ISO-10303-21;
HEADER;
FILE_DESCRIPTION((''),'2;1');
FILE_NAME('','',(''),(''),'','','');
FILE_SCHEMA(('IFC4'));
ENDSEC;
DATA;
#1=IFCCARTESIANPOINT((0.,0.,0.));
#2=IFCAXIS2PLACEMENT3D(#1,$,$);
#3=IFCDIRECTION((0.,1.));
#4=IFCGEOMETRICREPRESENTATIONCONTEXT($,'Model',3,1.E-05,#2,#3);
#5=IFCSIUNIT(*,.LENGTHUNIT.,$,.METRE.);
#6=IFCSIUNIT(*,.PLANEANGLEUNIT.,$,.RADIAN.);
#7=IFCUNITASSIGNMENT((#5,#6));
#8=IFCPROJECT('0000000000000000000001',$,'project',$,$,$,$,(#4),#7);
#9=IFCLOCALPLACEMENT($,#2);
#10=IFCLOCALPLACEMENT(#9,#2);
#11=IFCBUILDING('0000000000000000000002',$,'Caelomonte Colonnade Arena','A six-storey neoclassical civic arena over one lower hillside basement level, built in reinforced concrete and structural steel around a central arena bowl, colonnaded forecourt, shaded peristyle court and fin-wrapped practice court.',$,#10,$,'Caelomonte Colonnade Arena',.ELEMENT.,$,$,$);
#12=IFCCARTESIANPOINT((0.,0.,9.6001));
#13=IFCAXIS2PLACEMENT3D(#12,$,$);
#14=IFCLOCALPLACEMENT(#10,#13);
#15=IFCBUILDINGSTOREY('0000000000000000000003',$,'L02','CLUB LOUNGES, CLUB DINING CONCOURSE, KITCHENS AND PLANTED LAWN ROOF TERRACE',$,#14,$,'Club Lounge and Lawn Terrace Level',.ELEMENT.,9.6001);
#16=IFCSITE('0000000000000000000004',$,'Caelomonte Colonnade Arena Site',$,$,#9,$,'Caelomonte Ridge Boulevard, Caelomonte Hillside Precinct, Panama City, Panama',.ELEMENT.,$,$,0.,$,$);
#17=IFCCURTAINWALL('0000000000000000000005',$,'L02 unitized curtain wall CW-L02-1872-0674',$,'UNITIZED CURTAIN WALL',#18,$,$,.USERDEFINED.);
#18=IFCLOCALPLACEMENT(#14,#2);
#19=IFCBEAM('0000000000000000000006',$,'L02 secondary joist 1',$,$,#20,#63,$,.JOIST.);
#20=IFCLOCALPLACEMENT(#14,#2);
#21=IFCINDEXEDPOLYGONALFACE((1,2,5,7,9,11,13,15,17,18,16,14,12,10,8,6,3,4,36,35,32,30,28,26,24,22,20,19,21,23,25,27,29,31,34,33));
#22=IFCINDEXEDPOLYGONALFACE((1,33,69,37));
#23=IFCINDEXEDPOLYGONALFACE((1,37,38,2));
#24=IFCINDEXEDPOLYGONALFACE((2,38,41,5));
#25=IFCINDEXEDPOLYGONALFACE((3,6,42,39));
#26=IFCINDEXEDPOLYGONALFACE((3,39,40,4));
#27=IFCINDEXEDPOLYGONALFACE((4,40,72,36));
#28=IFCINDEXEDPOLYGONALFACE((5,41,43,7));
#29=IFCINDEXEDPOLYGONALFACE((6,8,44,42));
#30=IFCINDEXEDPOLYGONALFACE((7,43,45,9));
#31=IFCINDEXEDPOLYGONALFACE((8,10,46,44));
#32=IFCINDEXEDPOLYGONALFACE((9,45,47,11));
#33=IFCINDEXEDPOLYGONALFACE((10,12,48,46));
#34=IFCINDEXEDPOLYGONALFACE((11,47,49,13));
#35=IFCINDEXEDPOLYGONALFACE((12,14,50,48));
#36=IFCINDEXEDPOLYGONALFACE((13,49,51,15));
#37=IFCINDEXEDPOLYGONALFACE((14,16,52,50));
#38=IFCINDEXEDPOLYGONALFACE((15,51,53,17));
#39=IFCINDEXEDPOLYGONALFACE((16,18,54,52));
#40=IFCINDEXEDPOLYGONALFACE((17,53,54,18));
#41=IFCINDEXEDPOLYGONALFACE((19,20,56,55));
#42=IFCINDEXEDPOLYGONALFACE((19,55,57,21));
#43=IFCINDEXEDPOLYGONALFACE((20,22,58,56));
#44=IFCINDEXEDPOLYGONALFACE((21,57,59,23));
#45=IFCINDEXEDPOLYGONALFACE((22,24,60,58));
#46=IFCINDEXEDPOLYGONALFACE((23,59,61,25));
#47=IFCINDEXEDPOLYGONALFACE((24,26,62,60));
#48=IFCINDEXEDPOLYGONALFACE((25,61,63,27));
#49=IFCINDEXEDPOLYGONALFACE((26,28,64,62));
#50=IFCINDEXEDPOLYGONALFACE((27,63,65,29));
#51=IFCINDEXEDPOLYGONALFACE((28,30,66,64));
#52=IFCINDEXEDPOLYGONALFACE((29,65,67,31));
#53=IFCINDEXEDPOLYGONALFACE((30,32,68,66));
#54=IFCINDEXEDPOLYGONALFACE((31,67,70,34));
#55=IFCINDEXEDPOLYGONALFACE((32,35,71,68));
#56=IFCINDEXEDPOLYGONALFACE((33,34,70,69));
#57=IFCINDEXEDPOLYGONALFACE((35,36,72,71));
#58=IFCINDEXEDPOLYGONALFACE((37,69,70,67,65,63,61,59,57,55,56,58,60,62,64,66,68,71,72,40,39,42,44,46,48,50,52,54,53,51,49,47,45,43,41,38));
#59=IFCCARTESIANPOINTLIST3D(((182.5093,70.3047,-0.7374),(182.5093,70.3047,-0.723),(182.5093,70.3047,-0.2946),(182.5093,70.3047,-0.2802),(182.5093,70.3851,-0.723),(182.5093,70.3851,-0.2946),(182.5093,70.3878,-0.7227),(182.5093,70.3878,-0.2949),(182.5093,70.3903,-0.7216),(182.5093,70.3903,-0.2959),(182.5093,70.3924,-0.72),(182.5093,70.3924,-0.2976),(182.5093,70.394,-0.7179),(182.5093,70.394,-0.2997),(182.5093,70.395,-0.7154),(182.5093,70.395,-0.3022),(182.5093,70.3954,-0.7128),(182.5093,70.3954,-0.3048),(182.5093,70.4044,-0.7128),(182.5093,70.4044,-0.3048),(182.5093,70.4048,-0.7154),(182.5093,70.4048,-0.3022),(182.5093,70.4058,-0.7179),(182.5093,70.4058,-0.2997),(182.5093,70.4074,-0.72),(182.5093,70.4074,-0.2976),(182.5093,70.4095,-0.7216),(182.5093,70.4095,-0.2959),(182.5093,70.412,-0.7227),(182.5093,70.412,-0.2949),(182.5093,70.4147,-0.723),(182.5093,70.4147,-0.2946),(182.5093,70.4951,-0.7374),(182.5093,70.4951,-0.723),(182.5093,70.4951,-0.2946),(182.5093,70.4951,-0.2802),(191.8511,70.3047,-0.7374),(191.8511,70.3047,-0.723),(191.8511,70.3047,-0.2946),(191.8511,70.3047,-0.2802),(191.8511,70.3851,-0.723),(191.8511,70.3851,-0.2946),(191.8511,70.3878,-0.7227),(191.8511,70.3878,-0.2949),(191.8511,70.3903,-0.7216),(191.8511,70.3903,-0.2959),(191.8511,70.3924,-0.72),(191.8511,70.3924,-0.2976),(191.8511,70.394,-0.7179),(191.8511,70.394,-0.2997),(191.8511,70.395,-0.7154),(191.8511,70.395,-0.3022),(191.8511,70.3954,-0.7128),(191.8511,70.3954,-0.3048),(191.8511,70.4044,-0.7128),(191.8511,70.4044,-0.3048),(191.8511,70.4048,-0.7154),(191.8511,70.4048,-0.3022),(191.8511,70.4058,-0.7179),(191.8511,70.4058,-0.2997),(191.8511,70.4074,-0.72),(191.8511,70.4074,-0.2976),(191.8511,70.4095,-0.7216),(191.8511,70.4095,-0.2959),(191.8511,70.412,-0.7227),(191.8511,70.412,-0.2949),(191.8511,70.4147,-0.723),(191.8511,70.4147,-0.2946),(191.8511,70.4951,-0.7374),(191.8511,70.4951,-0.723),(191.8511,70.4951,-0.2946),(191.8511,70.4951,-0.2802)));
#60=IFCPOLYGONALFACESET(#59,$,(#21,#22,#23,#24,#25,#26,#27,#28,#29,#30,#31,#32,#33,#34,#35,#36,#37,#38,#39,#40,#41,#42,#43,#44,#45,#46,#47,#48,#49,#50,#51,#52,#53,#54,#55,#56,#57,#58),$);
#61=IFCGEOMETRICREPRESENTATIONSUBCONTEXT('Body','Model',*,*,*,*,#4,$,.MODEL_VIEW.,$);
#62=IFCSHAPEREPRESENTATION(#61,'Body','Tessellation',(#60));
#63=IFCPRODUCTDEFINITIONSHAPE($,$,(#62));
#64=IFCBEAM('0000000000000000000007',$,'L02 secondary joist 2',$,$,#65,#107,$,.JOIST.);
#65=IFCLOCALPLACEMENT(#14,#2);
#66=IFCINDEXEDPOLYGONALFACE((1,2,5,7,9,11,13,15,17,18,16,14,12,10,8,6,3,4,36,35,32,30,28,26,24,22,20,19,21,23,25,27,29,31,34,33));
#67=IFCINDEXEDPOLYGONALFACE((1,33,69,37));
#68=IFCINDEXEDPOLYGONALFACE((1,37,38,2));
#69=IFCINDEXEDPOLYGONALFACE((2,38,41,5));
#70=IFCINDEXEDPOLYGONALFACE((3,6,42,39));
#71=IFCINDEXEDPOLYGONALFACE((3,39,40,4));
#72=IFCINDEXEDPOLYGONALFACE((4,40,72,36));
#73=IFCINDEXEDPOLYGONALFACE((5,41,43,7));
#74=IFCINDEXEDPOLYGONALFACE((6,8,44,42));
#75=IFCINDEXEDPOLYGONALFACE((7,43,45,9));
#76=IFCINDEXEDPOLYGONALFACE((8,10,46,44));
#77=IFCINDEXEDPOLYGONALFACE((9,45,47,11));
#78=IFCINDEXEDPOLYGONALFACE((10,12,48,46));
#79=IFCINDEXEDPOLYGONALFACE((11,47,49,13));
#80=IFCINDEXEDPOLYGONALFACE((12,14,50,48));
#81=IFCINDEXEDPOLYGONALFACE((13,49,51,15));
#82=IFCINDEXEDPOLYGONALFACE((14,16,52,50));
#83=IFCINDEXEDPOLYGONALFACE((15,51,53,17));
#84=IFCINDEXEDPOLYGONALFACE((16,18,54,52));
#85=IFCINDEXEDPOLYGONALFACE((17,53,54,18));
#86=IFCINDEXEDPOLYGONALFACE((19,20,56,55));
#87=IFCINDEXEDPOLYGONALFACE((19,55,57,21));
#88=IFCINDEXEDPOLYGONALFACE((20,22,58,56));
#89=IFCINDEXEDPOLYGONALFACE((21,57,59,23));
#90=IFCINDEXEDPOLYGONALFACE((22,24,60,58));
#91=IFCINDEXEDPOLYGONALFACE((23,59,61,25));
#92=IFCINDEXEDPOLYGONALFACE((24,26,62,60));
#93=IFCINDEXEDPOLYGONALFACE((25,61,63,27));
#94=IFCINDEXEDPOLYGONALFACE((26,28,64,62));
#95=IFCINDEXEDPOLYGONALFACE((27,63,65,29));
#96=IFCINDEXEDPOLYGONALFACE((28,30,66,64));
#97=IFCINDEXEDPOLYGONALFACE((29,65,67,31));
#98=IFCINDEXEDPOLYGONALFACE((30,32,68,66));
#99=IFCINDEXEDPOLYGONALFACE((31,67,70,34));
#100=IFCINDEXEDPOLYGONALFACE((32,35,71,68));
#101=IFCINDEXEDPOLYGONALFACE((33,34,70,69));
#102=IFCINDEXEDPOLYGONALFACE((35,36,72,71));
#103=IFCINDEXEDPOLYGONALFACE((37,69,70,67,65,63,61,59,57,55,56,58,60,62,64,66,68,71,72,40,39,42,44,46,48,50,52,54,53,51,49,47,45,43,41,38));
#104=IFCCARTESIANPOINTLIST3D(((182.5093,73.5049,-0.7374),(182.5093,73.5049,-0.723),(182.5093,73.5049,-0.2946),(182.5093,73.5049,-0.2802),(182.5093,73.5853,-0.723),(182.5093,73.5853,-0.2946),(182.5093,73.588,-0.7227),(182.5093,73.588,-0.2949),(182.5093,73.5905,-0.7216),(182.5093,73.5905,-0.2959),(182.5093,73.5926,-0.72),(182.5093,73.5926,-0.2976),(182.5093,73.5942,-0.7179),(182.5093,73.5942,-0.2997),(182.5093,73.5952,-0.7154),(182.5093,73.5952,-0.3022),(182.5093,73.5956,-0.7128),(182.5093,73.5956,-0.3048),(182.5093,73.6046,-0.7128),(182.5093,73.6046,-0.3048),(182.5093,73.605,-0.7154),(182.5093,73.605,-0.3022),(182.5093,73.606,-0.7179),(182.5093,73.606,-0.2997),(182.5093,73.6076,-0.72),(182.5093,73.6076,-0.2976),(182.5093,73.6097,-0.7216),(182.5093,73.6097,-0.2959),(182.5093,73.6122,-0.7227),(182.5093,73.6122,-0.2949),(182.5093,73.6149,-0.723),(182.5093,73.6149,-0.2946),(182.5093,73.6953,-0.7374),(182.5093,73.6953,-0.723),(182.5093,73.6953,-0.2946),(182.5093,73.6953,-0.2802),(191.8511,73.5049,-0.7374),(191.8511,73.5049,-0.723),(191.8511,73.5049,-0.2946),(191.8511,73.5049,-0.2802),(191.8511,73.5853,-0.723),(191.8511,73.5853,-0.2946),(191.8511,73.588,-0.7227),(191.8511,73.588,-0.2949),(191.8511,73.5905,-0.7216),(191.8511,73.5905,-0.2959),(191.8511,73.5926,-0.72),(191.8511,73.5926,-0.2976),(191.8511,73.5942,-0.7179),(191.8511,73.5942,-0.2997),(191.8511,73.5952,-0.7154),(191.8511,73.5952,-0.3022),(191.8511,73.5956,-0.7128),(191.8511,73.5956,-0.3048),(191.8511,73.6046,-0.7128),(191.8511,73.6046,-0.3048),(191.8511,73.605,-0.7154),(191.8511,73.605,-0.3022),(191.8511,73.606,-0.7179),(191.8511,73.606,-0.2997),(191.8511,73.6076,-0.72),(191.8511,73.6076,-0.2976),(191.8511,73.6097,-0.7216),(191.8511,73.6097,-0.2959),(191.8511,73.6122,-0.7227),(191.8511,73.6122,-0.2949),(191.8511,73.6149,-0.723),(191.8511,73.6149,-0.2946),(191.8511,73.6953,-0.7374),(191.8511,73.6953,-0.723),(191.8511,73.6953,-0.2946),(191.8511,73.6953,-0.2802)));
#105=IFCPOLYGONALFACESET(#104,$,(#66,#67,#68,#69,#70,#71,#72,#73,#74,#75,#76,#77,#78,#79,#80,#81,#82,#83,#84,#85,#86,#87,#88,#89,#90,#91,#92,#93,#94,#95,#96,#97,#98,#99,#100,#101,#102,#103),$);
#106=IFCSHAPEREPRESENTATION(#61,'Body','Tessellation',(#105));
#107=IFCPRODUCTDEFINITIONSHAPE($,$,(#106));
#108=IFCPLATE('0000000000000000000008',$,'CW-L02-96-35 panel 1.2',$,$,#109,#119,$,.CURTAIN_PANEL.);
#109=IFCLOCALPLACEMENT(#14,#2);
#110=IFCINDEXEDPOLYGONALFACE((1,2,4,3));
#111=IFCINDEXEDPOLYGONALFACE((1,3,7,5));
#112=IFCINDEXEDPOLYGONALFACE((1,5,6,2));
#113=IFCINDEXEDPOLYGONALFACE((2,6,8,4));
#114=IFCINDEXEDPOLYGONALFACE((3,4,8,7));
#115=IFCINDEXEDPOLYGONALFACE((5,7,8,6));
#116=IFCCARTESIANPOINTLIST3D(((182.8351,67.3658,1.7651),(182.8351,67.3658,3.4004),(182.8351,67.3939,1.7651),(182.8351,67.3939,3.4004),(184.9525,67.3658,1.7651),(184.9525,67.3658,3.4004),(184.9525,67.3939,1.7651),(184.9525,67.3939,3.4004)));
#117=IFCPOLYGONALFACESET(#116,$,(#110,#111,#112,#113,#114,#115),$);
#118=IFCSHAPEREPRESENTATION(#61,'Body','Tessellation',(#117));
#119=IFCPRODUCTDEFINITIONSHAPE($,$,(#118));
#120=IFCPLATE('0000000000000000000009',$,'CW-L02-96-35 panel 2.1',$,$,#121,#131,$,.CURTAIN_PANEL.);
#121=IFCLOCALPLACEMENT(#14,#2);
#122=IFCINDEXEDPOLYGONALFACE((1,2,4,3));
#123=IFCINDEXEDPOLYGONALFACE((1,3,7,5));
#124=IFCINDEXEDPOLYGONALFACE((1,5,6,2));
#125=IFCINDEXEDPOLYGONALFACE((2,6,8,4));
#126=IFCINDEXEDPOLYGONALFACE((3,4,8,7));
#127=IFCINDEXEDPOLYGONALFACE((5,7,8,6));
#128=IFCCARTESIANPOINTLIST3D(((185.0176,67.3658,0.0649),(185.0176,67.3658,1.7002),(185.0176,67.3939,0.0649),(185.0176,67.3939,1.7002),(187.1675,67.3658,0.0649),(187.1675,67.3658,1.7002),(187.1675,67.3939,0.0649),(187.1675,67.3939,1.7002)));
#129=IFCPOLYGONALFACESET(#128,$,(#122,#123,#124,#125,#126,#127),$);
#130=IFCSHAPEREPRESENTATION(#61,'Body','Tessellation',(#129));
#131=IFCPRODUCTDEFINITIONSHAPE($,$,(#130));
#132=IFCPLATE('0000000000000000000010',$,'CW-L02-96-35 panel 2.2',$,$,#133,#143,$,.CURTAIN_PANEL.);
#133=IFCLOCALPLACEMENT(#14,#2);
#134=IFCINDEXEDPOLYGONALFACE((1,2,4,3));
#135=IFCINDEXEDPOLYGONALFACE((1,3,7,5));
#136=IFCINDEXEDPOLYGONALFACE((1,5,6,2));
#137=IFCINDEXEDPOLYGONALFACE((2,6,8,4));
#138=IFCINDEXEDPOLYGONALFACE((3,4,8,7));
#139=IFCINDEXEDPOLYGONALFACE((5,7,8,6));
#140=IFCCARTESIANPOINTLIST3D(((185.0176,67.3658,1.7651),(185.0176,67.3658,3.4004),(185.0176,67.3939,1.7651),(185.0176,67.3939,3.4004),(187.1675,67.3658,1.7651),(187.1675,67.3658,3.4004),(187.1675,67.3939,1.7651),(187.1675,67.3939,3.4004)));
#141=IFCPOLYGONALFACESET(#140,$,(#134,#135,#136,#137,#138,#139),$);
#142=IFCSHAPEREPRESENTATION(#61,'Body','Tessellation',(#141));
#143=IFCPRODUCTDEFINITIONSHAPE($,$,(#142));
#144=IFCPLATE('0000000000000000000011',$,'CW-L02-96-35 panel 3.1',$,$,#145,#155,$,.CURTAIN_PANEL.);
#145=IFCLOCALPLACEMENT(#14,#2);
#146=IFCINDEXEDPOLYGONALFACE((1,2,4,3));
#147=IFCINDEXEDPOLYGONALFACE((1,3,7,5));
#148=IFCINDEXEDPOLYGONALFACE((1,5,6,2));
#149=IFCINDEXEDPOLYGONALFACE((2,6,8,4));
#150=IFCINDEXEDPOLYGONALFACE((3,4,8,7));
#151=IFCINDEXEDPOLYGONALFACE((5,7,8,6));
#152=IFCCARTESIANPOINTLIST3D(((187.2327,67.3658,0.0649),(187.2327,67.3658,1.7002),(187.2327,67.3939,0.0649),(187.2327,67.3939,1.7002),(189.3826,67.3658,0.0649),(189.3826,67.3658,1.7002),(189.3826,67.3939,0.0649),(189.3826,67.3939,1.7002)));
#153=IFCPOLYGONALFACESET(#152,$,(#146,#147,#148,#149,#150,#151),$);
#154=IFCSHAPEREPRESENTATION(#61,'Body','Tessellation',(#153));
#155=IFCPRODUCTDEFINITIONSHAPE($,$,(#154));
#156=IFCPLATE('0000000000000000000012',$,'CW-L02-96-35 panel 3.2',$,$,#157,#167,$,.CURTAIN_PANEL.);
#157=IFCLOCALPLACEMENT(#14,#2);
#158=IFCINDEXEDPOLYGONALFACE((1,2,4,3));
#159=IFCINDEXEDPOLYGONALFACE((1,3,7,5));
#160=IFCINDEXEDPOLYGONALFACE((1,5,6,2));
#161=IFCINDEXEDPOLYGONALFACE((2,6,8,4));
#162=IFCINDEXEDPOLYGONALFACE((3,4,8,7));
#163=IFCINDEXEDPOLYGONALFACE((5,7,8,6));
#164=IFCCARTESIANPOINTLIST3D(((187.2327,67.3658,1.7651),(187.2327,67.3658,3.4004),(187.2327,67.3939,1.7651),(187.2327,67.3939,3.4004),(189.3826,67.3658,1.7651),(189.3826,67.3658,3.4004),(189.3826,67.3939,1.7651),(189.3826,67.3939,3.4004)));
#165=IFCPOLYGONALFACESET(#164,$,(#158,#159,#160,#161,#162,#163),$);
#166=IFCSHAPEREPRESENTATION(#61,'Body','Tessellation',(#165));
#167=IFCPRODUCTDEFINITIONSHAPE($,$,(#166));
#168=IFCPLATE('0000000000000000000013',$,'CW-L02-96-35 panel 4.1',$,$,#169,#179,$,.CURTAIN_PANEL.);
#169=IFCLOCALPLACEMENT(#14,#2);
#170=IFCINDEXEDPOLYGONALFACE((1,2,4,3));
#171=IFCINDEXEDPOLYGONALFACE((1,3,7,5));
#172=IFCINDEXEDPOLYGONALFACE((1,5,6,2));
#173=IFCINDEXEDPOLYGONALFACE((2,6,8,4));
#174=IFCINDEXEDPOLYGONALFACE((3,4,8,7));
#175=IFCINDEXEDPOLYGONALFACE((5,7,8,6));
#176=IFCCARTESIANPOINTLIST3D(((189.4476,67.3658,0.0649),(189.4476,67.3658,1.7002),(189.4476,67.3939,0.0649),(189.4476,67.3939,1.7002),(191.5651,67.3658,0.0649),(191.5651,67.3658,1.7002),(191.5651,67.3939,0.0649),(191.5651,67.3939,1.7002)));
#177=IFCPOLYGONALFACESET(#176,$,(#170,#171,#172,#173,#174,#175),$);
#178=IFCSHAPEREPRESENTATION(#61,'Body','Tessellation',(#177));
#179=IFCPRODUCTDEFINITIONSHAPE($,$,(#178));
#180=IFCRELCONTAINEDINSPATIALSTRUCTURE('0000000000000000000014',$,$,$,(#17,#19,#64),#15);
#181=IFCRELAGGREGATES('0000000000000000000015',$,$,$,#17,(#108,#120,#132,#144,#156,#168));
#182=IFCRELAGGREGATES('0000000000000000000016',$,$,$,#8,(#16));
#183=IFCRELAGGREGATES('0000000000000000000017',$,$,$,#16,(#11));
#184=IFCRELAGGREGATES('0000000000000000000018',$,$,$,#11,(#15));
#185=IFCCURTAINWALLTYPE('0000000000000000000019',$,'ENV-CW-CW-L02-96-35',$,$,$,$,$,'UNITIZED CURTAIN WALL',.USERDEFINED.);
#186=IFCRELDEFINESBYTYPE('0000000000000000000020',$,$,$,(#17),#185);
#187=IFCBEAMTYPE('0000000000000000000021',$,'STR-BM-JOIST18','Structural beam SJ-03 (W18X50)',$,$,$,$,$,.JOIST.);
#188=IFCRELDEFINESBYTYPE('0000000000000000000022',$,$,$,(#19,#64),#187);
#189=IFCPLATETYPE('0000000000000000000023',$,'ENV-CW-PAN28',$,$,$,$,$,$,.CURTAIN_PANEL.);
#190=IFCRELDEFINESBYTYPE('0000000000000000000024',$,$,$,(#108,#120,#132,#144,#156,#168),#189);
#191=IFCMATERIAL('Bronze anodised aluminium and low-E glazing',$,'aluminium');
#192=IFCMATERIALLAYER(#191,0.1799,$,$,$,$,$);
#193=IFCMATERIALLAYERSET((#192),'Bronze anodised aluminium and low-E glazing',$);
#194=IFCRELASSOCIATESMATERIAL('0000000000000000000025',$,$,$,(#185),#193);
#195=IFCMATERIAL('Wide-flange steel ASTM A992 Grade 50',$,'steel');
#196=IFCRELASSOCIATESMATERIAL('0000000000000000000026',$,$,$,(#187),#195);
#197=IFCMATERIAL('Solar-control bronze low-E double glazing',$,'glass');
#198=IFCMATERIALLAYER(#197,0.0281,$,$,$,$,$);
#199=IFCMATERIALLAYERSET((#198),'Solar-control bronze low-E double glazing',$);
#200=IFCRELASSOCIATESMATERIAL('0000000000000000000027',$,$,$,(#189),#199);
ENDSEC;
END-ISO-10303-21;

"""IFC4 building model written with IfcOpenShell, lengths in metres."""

from ifc_helpers import new_model, si_unit, direction, frame, origin, origin_2d, place, context, subcontext, project, spatial, rectangle, i_section, extrude, material, layer, layer_set, material_profile, profile_set, type_object, element, aggregate, save


model = new_model("IFC4")

# Units and contexts
model_context = context("Model", 3, precision=1e-05, world=origin(), true_north=direction((0.0, 1.0)))
body_context = subcontext(model_context, "Body", "Model", "MODEL_VIEW")
ifc_project = project(units=[si_unit("LENGTHUNIT", "METRE"), si_unit("PLANEANGLEUNIT", "RADIAN")], contexts=[model_context])

# Site, building, storey
site_placement = place(None, origin())
site = spatial("IfcSite", under=ifc_project, at=site_placement, Name="Caelomonte Colonnade Arena Site", LongName="Caelomonte Ridge Boulevard, Caelomonte Hillside Precinct, Panama City, Panama", CompositionType="ELEMENT", RefElevation=0.0)
building_placement = place(site_placement, origin())
building = spatial("IfcBuilding", under=site, at=building_placement, Name="Caelomonte Colonnade Arena", Description="A six-storey neoclassical civic arena over one lower hillside basement level, built in reinforced concrete and structural steel around a central arena bowl, colonnaded forecourt, shaded peristyle court and fin-wrapped practice court.", LongName="Caelomonte Colonnade Arena", CompositionType="ELEMENT")
storey_placement = place(building_placement, frame((0.0, 0.0, 9.6001)))
storey = spatial("IfcBuildingStorey", under=building, at=storey_placement, Name="L02", Description="CLUB LOUNGES, CLUB DINING CONCOURSE, KITCHENS AND PLANTED LAWN ROOF TERRACE", LongName="Club Lounge and Lawn Terrace Level", CompositionType="ELEMENT", Elevation=9.6001)

# Curtain wall
ifc_material_1 = material(Name="Bronze anodised aluminium and low-E glazing", Category="aluminium")
ifc_layer_1 = layer(ifc_material_1, 0.1799)
ifc_layer_set_1 = layer_set([ifc_layer_1], Name="Bronze anodised aluminium and low-E glazing")
curtain_wall_type = type_object("IfcCurtainWallType", Name="ENV-CW-CW-L02-96-35", ElementType="UNITIZED CURTAIN WALL", PredefinedType="USERDEFINED", material=ifc_layer_set_1)
curtain_wall_placement = place(storey_placement, origin())
curtain_wall = element("IfcCurtainWall", 1, at=curtain_wall_placement, inside=storey, type_object=curtain_wall_type, Name="L02 unitized curtain wall CW-L02-1872-0674", ObjectType="UNITIZED CURTAIN WALL", PredefinedType="USERDEFINED")

# Beams
ifc_material_2 = material(Name="Wide-flange steel ASTM A992 Grade 50", Category="steel")
ifc_material_profile_1 = material_profile(ifc_material_2, i_section(OverallWidth=0.1904, OverallDepth=0.4573, WebThickness=0.009, FlangeThickness=0.0144, FilletRadius=0.0103, at=origin_2d()), Name="W18X50")
ifc_profile_set_1 = profile_set([ifc_material_profile_1], Name="Wide-flange steel ASTM A992 Grade 50")
beam_type_1 = type_object("IfcBeamType", Name="STR-BM-JOIST18", Description="Structural beam SJ-03 (W18X50)", PredefinedType="JOIST", material=ifc_profile_set_1)
for number, where, z_axis, x_axis, name in (
    (2, (182.5093, 70.3999, -0.5088), (1.0, 0.0, 0.0), (0.0, 1.0, 0.0), "L02 secondary joist 1"),
    (3, (182.5093, 73.6001, -0.5088), (1.0, 0.0, 0.0), (0.0, 1.0, 0.0), "L02 secondary joist 2"),
):
    element("IfcBeam", number, at=place(storey_placement, frame(where, z_axis=z_axis, x_axis=x_axis)), inside=storey, type_object=beam_type_1, Name=name, PredefinedType="JOIST", context=body_context, shape_type="SweptSolid", body=[
        extrude(i_section(OverallWidth=0.1904, OverallDepth=0.4573, WebThickness=0.009, FlangeThickness=0.0144, FilletRadius=0.0103, at=origin_2d()), origin(), (0.0, 0.0, 1.0), 9.3418),
    ])

# Plates
ifc_material_3 = material(Name="Solar-control bronze low-E double glazing", Category="glass")
ifc_layer_2 = layer(ifc_material_3, 0.0281)
ifc_layer_set_2 = layer_set([ifc_layer_2], Name="Solar-control bronze low-E double glazing")
plate_type = type_object("IfcPlateType", Name="ENV-CW-PAN28", PredefinedType="CURTAIN_PANEL", material=ifc_layer_set_2)
plate_1_placement = place(storey_placement, frame((183.8938, 67.3799, 1.7651), z_axis=(0.0, 0.0, 1.0), x_axis=(1.0, 0.0, 0.0)))
plate_1 = element("IfcPlate", 4, at=plate_1_placement, type_object=plate_type, Name="CW-L02-96-35 panel 1.2", PredefinedType="CURTAIN_PANEL", context=body_context, shape_type="SweptSolid", body=[
    extrude(rectangle(XDim=2.1174, YDim=0.0281, at=origin_2d()), origin(), (0.0, 0.0, 1.0), 1.6353),
])
plate_2_placement = place(storey_placement, frame((186.0925, 67.3799, 0.0649), z_axis=(0.0, 0.0, 1.0), x_axis=(1.0, 0.0, 0.0)))
plate_2 = element("IfcPlate", 5, at=plate_2_placement, type_object=plate_type, Name="CW-L02-96-35 panel 2.1", PredefinedType="CURTAIN_PANEL", context=body_context, shape_type="SweptSolid", body=[
    extrude(rectangle(XDim=2.1499, YDim=0.0281, at=origin_2d()), origin(), (0.0, 0.0, 1.0), 1.6353),
])
plate_3_placement = place(storey_placement, frame((186.0925, 67.3799, 1.7651), z_axis=(0.0, 0.0, 1.0), x_axis=(1.0, 0.0, 0.0)))
plate_3 = element("IfcPlate", 6, at=plate_3_placement, type_object=plate_type, Name="CW-L02-96-35 panel 2.2", PredefinedType="CURTAIN_PANEL", context=body_context, shape_type="SweptSolid", body=[
    extrude(rectangle(XDim=2.1499, YDim=0.0281, at=origin_2d()), origin(), (0.0, 0.0, 1.0), 1.6353),
])
plate_4_placement = place(storey_placement, frame((188.3076, 67.3799, 0.0649), z_axis=(0.0, 0.0, 1.0), x_axis=(1.0, 0.0, 0.0)))
plate_4 = element("IfcPlate", 7, at=plate_4_placement, type_object=plate_type, Name="CW-L02-96-35 panel 3.1", PredefinedType="CURTAIN_PANEL", context=body_context, shape_type="SweptSolid", body=[
    extrude(rectangle(XDim=2.1499, YDim=0.0281, at=origin_2d()), origin(), (0.0, 0.0, 1.0), 1.6353),
])
plate_5_placement = place(storey_placement, frame((188.3076, 67.3799, 1.7651), z_axis=(0.0, 0.0, 1.0), x_axis=(1.0, 0.0, 0.0)))
plate_5 = element("IfcPlate", 8, at=plate_5_placement, type_object=plate_type, Name="CW-L02-96-35 panel 3.2", PredefinedType="CURTAIN_PANEL", context=body_context, shape_type="SweptSolid", body=[
    extrude(rectangle(XDim=2.1499, YDim=0.0281, at=origin_2d()), origin(), (0.0, 0.0, 1.0), 1.6353),
])
plate_6_placement = place(storey_placement, frame((190.5063, 67.3799, 0.0649), z_axis=(0.0, 0.0, 1.0), x_axis=(1.0, 0.0, 0.0)))
plate_6 = element("IfcPlate", 9, at=plate_6_placement, type_object=plate_type, Name="CW-L02-96-35 panel 4.1", PredefinedType="CURTAIN_PANEL", context=body_context, shape_type="SweptSolid", body=[
    extrude(rectangle(XDim=2.1174, YDim=0.0281, at=origin_2d()), origin(), (0.0, 0.0, 1.0), 1.6353),
])
aggregate(curtain_wall, [plate_1, plate_2, plate_3, plate_4, plate_5, plate_6])

save(model, "model.ifc")
